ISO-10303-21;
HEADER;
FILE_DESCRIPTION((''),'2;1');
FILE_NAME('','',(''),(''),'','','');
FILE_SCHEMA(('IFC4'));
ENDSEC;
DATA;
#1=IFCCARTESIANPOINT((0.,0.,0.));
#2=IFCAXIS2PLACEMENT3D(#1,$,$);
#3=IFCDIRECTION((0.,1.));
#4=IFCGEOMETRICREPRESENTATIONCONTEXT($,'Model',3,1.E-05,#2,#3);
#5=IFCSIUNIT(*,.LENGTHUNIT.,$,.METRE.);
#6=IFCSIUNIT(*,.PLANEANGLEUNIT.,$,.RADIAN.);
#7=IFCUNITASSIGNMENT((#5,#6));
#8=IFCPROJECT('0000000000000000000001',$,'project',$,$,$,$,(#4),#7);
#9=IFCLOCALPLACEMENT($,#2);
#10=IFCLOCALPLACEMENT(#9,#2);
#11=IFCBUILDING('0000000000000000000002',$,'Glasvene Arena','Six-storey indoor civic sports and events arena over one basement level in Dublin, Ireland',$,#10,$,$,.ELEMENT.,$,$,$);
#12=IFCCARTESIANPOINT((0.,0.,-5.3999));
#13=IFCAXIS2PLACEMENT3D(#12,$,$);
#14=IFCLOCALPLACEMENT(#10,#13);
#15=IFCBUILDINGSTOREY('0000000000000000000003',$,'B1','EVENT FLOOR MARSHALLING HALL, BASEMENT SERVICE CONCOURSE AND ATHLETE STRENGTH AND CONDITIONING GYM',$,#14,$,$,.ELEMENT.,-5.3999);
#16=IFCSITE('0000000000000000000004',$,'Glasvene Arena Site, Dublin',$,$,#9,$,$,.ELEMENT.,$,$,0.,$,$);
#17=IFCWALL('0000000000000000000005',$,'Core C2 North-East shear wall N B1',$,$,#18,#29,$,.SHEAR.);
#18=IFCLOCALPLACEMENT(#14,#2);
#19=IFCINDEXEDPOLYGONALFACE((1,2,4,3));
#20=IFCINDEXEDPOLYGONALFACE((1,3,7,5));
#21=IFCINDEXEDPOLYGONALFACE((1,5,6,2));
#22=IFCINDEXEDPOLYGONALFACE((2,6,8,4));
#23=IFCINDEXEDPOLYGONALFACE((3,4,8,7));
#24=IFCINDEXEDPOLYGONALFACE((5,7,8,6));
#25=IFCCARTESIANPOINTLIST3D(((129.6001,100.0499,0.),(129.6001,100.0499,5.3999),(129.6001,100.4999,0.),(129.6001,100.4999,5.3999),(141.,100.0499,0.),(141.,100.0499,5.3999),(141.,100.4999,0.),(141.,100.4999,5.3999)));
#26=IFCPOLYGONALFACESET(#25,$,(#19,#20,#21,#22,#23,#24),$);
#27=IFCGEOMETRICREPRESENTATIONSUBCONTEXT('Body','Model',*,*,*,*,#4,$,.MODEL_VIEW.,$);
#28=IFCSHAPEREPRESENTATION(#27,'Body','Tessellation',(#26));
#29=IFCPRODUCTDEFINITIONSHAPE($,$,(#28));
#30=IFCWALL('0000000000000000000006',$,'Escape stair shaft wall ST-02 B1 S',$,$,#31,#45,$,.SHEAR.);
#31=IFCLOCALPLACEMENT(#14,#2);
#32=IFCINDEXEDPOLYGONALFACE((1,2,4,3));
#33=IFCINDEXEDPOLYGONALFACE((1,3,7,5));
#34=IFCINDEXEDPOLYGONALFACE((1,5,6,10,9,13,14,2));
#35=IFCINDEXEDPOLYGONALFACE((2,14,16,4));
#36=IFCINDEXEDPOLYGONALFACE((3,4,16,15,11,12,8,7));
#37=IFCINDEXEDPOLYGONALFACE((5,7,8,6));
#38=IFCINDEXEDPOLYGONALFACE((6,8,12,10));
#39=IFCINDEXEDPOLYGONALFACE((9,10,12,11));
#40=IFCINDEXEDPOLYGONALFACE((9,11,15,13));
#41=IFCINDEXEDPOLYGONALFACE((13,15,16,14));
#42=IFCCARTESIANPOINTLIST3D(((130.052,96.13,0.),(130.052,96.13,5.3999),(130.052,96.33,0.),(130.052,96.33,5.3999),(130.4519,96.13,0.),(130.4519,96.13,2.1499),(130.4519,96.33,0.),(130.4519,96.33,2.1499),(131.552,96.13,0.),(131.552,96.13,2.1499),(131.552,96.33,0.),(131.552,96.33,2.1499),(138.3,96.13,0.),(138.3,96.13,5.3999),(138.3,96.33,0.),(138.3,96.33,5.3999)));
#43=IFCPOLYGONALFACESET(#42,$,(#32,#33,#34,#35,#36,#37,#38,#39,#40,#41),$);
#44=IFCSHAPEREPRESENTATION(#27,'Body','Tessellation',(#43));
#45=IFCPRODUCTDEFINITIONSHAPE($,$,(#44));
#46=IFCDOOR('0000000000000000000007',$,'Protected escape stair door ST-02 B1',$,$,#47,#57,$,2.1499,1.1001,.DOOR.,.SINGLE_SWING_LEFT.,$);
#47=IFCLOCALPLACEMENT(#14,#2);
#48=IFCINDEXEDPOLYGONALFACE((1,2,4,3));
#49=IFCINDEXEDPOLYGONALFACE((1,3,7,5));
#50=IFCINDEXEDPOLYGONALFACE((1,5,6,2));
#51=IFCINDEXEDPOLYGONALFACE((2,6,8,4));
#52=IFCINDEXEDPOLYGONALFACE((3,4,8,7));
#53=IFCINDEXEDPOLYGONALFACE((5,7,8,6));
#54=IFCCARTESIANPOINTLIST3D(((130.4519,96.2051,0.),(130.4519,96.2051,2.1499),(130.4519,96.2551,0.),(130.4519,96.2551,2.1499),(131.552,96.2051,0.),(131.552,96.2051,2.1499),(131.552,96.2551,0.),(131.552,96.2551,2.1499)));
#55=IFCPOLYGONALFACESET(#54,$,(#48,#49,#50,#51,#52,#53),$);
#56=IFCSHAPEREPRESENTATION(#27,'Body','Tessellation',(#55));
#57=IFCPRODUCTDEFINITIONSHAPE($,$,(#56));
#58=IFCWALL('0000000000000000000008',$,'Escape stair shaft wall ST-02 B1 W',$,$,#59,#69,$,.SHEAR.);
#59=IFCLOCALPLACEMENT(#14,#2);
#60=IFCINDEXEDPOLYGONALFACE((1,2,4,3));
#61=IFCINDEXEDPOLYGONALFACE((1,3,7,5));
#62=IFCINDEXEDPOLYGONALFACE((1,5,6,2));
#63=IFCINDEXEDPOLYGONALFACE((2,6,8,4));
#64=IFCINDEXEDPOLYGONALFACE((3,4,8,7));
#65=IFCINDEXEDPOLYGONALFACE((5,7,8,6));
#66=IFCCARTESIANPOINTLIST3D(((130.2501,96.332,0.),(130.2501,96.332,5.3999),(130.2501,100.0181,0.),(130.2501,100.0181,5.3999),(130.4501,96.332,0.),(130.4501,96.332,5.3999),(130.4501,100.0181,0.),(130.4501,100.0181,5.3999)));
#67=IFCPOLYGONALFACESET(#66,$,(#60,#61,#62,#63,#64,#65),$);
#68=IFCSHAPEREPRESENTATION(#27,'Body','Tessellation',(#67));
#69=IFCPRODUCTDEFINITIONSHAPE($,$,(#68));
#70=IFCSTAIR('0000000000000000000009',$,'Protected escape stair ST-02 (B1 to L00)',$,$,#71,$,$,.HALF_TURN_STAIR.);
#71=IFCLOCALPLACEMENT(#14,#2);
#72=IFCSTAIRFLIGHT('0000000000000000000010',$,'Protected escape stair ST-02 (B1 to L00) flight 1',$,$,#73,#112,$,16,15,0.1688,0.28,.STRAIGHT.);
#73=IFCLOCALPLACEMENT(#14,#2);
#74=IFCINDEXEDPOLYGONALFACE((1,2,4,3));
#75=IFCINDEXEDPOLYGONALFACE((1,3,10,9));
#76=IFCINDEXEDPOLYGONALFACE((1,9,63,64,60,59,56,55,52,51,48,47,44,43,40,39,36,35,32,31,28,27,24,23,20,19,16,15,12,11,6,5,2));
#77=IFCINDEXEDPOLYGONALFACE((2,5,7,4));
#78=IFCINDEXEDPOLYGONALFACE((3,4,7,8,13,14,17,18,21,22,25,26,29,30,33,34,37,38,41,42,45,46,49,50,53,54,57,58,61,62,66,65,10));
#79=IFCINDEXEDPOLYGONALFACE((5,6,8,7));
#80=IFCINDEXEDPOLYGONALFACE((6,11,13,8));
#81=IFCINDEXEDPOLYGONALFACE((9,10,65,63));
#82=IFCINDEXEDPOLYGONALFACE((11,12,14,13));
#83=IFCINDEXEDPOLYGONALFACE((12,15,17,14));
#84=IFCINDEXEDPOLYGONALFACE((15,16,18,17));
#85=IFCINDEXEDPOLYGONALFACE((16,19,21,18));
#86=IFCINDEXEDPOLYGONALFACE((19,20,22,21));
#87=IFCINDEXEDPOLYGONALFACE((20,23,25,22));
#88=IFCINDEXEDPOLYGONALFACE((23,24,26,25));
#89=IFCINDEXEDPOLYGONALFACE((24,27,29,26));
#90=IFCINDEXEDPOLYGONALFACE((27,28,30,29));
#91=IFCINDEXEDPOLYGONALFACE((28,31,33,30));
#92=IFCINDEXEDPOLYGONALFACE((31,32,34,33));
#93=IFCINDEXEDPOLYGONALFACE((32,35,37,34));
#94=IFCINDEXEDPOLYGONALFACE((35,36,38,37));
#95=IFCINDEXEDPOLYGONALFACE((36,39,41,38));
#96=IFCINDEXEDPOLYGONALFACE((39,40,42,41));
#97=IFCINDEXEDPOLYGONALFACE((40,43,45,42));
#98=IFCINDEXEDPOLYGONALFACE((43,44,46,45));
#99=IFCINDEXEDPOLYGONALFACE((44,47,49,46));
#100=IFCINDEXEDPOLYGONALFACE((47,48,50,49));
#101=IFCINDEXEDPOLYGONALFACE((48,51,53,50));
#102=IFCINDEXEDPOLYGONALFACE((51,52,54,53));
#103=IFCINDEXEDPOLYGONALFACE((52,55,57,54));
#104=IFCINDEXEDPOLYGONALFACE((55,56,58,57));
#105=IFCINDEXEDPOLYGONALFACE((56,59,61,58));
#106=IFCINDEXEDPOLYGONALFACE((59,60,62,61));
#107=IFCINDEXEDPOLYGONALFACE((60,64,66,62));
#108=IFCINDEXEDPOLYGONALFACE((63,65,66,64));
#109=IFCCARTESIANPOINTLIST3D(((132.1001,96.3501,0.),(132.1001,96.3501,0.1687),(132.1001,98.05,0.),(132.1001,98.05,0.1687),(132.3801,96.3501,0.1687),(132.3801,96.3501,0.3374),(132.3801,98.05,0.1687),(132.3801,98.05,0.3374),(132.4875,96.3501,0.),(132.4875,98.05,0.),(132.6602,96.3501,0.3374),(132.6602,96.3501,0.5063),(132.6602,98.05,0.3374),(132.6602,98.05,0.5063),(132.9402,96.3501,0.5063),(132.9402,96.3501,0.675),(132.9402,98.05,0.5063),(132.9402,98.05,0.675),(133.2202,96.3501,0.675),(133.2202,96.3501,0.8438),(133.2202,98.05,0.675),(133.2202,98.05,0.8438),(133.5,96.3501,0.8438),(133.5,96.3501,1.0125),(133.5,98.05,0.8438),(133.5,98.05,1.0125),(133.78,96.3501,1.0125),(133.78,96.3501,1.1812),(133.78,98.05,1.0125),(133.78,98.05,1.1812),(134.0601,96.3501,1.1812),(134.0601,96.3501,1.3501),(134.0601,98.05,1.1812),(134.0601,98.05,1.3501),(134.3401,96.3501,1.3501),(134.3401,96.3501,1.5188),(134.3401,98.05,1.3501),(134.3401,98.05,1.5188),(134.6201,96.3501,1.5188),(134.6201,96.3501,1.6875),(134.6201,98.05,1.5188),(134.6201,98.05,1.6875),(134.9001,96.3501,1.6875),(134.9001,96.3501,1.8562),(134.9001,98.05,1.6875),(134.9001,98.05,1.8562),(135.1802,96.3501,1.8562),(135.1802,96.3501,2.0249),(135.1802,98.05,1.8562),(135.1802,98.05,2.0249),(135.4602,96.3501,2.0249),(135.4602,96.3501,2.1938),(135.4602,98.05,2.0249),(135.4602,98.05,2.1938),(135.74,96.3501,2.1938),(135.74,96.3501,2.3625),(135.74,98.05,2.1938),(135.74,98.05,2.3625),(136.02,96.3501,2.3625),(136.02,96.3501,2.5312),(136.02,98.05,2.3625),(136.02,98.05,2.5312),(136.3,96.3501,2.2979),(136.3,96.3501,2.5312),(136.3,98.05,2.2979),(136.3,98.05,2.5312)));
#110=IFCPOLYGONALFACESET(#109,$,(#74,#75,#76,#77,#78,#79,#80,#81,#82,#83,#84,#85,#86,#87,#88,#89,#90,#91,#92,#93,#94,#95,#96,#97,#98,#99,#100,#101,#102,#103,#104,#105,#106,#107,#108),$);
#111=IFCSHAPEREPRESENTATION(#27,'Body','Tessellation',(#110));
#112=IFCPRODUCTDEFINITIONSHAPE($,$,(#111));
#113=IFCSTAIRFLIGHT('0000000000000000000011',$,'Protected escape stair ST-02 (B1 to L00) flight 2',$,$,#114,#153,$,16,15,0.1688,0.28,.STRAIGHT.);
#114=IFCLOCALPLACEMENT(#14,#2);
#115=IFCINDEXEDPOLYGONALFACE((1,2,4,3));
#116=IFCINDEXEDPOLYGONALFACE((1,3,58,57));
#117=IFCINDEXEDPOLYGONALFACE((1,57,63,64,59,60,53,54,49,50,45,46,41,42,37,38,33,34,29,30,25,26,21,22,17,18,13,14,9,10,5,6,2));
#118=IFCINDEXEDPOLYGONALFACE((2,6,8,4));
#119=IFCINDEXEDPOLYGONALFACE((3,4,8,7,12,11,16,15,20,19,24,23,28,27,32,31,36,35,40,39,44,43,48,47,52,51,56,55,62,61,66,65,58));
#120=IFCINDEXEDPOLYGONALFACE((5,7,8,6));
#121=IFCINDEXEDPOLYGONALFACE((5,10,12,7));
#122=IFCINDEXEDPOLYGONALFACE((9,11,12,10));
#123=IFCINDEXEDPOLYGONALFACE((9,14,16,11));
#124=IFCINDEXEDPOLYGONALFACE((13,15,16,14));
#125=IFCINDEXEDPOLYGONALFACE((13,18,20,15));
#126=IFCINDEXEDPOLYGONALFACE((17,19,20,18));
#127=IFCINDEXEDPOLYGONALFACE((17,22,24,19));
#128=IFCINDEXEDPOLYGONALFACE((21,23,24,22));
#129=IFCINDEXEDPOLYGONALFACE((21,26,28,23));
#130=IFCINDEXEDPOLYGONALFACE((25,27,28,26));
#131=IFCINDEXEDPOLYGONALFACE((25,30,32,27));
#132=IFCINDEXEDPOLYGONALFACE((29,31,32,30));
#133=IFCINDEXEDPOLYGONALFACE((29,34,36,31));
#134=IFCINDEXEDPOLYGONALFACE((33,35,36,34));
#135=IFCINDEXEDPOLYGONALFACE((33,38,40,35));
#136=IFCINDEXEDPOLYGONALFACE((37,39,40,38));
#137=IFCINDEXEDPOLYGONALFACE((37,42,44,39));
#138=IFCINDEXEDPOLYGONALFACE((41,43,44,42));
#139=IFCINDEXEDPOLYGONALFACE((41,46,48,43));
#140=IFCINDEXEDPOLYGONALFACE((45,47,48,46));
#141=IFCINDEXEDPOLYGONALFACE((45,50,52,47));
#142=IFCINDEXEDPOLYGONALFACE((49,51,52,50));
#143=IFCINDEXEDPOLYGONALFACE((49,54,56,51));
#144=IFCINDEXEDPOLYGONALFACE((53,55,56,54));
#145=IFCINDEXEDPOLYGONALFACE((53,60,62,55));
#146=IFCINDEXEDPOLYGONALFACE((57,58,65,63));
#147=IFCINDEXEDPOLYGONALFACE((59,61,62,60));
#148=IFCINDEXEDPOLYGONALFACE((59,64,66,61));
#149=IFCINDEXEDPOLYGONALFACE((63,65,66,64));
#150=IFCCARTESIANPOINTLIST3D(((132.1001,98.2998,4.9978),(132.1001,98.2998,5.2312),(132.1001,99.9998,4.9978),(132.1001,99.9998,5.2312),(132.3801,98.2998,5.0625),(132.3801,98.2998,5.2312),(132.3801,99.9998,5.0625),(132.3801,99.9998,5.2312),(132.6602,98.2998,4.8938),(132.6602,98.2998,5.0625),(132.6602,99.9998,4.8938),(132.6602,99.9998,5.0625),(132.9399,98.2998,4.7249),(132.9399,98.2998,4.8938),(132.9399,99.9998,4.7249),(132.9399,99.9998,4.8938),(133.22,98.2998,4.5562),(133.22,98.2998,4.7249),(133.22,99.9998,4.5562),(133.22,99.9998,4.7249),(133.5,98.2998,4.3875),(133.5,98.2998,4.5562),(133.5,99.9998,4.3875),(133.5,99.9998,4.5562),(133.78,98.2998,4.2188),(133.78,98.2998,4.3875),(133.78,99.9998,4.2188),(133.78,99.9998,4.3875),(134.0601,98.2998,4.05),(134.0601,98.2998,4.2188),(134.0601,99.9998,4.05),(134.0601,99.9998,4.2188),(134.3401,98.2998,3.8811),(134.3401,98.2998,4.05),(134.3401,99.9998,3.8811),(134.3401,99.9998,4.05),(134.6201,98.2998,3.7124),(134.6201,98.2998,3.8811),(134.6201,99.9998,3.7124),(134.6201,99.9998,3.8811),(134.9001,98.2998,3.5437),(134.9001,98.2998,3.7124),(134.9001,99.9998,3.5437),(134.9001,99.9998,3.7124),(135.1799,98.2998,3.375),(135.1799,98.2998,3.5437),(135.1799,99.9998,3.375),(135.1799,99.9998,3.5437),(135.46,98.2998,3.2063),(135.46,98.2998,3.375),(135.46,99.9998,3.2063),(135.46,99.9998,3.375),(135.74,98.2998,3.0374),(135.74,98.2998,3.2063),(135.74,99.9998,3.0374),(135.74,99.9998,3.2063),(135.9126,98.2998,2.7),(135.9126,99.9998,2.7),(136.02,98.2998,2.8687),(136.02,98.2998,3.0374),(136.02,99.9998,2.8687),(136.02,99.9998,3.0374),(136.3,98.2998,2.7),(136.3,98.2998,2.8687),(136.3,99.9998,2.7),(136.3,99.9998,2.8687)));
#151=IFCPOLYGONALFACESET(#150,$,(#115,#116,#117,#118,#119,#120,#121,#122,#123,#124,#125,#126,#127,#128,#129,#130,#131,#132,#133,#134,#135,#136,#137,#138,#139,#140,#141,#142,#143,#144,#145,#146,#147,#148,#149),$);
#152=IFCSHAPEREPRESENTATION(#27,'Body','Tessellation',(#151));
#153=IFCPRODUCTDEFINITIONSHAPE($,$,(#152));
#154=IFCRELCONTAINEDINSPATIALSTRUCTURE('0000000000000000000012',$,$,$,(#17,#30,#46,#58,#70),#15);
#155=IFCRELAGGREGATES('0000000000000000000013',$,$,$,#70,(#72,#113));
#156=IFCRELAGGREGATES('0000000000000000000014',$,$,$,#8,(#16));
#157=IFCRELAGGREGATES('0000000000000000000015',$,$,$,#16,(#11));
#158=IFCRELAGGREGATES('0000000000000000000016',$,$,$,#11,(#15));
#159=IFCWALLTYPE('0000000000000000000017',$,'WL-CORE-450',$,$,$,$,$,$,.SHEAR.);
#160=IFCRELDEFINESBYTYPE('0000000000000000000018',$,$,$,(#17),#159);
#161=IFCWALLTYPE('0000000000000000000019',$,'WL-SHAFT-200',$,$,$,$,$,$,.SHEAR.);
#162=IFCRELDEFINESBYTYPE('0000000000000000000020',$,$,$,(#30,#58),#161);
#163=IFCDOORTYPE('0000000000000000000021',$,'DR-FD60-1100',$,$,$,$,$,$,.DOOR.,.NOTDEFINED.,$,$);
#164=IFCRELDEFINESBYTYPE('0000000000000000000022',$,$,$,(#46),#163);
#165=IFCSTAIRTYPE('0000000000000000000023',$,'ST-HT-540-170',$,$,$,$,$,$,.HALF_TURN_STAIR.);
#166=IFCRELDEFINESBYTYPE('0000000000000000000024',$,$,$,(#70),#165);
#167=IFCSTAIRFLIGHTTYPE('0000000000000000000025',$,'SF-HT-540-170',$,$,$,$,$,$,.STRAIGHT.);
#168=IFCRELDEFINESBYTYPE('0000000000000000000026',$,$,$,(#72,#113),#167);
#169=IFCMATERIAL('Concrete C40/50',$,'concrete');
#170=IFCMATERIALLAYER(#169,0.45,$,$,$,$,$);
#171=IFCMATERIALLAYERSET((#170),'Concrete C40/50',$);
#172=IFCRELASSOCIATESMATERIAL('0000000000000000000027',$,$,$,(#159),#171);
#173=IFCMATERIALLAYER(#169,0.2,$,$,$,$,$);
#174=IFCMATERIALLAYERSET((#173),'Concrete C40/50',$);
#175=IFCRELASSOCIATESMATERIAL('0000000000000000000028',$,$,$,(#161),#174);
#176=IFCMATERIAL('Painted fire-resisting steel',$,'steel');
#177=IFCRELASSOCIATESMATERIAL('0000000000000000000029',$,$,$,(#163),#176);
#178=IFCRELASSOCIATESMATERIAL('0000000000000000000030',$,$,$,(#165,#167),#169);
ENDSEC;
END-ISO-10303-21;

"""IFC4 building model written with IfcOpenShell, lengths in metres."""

from ifc_helpers import new_model, si_unit, direction, frame, frame_2d, origin, place, context, subcontext, project, spatial, polyline, rectangle, outline, extrude, material, layer, layer_set, type_object, element, fill, aggregate, save


model = new_model("IFC4")

# Units and contexts
model_context = context("Model", 3, precision=1e-05, world=origin(), true_north=direction((0.0, 1.0)))
body_context = subcontext(model_context, "Body", "Model", "MODEL_VIEW")
ifc_project = project(units=[si_unit("LENGTHUNIT", "METRE"), si_unit("PLANEANGLEUNIT", "RADIAN")], contexts=[model_context])

# Site, building, storey
site_placement = place(None, origin())
site = spatial("IfcSite", under=ifc_project, at=site_placement, Name="Glasvene Arena Site, Dublin", CompositionType="ELEMENT", RefElevation=0.0)
building_placement = place(site_placement, origin())
building = spatial("IfcBuilding", under=site, at=building_placement, Name="Glasvene Arena", Description="Six-storey indoor civic sports and events arena over one basement level in Dublin, Ireland", CompositionType="ELEMENT")
storey_placement = place(building_placement, frame((0.0, 0.0, -5.3999)))
storey = spatial("IfcBuildingStorey", under=building, at=storey_placement, Name="B1", Description="EVENT FLOOR MARSHALLING HALL, BASEMENT SERVICE CONCOURSE AND ATHLETE STRENGTH AND CONDITIONING GYM", CompositionType="ELEMENT", Elevation=-5.3999)

# Shared definitions
ifc_material_1 = material(Name="Concrete C40/50", Category="concrete")

# Wall
ifc_layer_1 = layer(ifc_material_1, 0.45)
ifc_layer_set_1 = layer_set([ifc_layer_1], Name="Concrete C40/50")
wall_type_1 = type_object("IfcWallType", Name="WL-CORE-450", PredefinedType="SHEAR", material=ifc_layer_set_1)
wall_1_placement = place(storey_placement, frame((129.6001, 100.2749, 0.0), z_axis=(0.0, 0.0, 1.0), x_axis=(1.0, 0.0, 0.0)))
element("IfcWall", 1, at=wall_1_placement, inside=storey, type_object=wall_type_1, Name="Core C2 North-East shear wall N B1", PredefinedType="SHEAR", context=body_context, shape_type="SweptSolid", body=[
    extrude(rectangle(XDim=11.3999, YDim=0.45, at=frame_2d((5.7, 0.0))), origin(), (0.0, 0.0, 1.0), 5.3999),
])

# Wall, opening, door
ifc_layer_2 = layer(ifc_material_1, 0.2)
ifc_layer_set_2 = layer_set([ifc_layer_2], Name="Concrete C40/50")
wall_type_2 = type_object("IfcWallType", Name="WL-SHAFT-200", PredefinedType="SHEAR", material=ifc_layer_set_2)
wall_2_placement = place(storey_placement, frame((130.052, 96.23, 0.0), z_axis=(0.0, 0.0, 1.0), x_axis=(1.0, 0.0, 0.0)))
wall_2 = element("IfcWall", 2, at=wall_2_placement, inside=storey, type_object=wall_type_2, Name="Escape stair shaft wall ST-02 B1 S", PredefinedType="SHEAR", context=body_context, shape_type="SweptSolid", body=[
    extrude(rectangle(XDim=8.248, YDim=0.2, at=frame_2d((4.124, 0.0))), origin(), (0.0, 0.0, 1.0), 5.3999),
])
opening_placement = place(wall_2_placement, frame((0.3999, 0.0, 0.0)))
opening = element("IfcOpeningElement", 3, at=opening_placement, cuts=wall_2, PredefinedType="OPENING", context=body_context, shape_type="SweptSolid", body=[
    extrude(rectangle(XDim=1.1001, YDim=2.1499, at=frame_2d((0.55, 1.075))), frame((0.0, 0.1099, 0.0), z_axis=(0.0, -1.0, 0.0), x_axis=(1.0, 0.0, 0.0)), (0.0, 0.0, 1.0), 0.22),
])
ifc_material_2 = material(Name="Painted fire-resisting steel", Category="steel")
door_type = type_object("IfcDoorType", Name="DR-FD60-1100", OperationType="NOTDEFINED", PredefinedType="DOOR", material=ifc_material_2)
door_placement = place(opening_placement, frame((1.1001, 0.0, 0.0), z_axis=(0.0, 0.0, 1.0), x_axis=(-1.0, 0.0, 0.0)))
door = element("IfcDoor", 4, at=door_placement, inside=storey, type_object=door_type, Name="Protected escape stair door ST-02 B1", OperationType="SINGLE_SWING_LEFT", OverallHeight=2.1499, OverallWidth=1.1001, PredefinedType="DOOR", context=body_context, shape_type="SweptSolid", body=[
    extrude(rectangle(XDim=1.1001, YDim=2.1499, at=frame_2d((0.55, 1.075))), frame((0.0, 0.0249, 0.0), z_axis=(0.0, -1.0, 0.0), x_axis=(1.0, 0.0, 0.0)), (0.0, 0.0, 1.0), 0.05),
])
fill(opening, door)

# Wall
wall_3_placement = place(storey_placement, frame((130.3501, 96.332, 0.0), z_axis=(0.0, 0.0, 1.0), x_axis=(0.0, 1.0, 0.0)))
element("IfcWall", 5, at=wall_3_placement, inside=storey, type_object=wall_type_2, Name="Escape stair shaft wall ST-02 B1 W", PredefinedType="SHEAR", context=body_context, shape_type="SweptSolid", body=[
    extrude(rectangle(XDim=3.686, YDim=0.2, at=frame_2d((1.843, 0.0))), origin(), (0.0, 0.0, 1.0), 5.3999),
])

# Stair, stair flights
stair_type = type_object("IfcStairType", Name="ST-HT-540-170", PredefinedType="HALF_TURN_STAIR", material=ifc_material_1)
stair_placement = place(storey_placement, origin())
stair = element("IfcStair", 6, at=stair_placement, inside=storey, type_object=stair_type, Name="Protected escape stair ST-02 (B1 to L00)", PredefinedType="HALF_TURN_STAIR")
stair_flight_type = type_object("IfcStairFlightType", Name="SF-HT-540-170", PredefinedType="STRAIGHT", material=ifc_material_1)
stair_flight_1_placement = place(storey_placement, frame((132.1001, 97.2, 0.0), z_axis=(0.0, 0.0, 1.0), x_axis=(1.0, 0.0, 0.0)))
stair_flight_1 = element("IfcStairFlight", 7, at=stair_flight_1_placement, type_object=stair_flight_type, Name="Protected escape stair ST-02 (B1 to L00) flight 1", NumberOfRisers=16, NumberOfTreads=15, PredefinedType="STRAIGHT", RiserHeight=0.1688, TreadLength=0.28, context=body_context, shape_type="SweptSolid", body=[
    extrude(outline(polyline([(0.0, 0.0), (0.0, 0.1687), (0.28, 0.1687), (0.28, 0.3374), (0.5601, 0.3374), (0.5601, 0.5063), (0.8401, 0.5063), (0.8401, 0.675), (1.1201, 0.675), (1.1201, 0.8438), (1.3999, 0.8438), (1.3999, 1.0125), (1.6799, 1.0125), (1.6799, 1.1812), (1.96, 1.1812), (1.96, 1.3501), (2.24, 1.3501), (2.24, 1.5188), (2.52, 1.5188), (2.52, 1.6875), (2.8, 1.6875), (2.8, 1.8562), (3.0801, 1.8562), (3.0801, 2.0249), (3.3601, 2.0249), (3.3601, 2.1938), (3.6399, 2.1938), (3.6399, 2.3625), (3.9199, 2.3625), (3.9199, 2.5312), (4.2, 2.5312), (4.2, 2.7), (4.2, 2.2979), (0.3875, 0.0), (0.0, 0.0)])), frame((0.0, 0.8501, 0.0), z_axis=(0.0, -1.0, 0.0), x_axis=(1.0, 0.0, 0.0)), (0.0, 0.0, 1.0), 1.7),
])
stair_flight_2_placement = place(storey_placement, frame((136.3, 99.1499, 2.7), z_axis=(0.0, 0.0, 1.0), x_axis=(-1.0, 0.0, 0.0)))
stair_flight_2 = element("IfcStairFlight", 8, at=stair_flight_2_placement, type_object=stair_flight_type, Name="Protected escape stair ST-02 (B1 to L00) flight 2", NumberOfRisers=16, NumberOfTreads=15, PredefinedType="STRAIGHT", RiserHeight=0.1688, TreadLength=0.28, context=body_context, shape_type="SweptSolid", body=[
    extrude(outline(polyline([(0.0, 0.0), (0.0, 0.1687), (0.28, 0.1687), (0.28, 0.3374), (0.5601, 0.3374), (0.5601, 0.5063), (0.8401, 0.5063), (0.8401, 0.675), (1.1201, 0.675), (1.1201, 0.8438), (1.3999, 0.8438), (1.3999, 1.0125), (1.6799, 1.0125), (1.6799, 1.1812), (1.96, 1.1812), (1.96, 1.3501), (2.24, 1.3501), (2.24, 1.5188), (2.52, 1.5188), (2.52, 1.6875), (2.8, 1.6875), (2.8, 1.8562), (3.0801, 1.8562), (3.0801, 2.0249), (3.3601, 2.0249), (3.3601, 2.1938), (3.6399, 2.1938), (3.6399, 2.3625), (3.9199, 2.3625), (3.9199, 2.5312), (4.2, 2.5312), (4.2, 2.7), (4.2, 2.2979), (0.3875, 0.0), (0.0, 0.0)])), frame((0.0, 0.8501, 0.0), z_axis=(0.0, -1.0, 0.0), x_axis=(1.0, 0.0, 0.0)), (0.0, 0.0, 1.0), 1.7),
])
aggregate(stair, [stair_flight_1, stair_flight_2])

save(model, "model.ifc")
